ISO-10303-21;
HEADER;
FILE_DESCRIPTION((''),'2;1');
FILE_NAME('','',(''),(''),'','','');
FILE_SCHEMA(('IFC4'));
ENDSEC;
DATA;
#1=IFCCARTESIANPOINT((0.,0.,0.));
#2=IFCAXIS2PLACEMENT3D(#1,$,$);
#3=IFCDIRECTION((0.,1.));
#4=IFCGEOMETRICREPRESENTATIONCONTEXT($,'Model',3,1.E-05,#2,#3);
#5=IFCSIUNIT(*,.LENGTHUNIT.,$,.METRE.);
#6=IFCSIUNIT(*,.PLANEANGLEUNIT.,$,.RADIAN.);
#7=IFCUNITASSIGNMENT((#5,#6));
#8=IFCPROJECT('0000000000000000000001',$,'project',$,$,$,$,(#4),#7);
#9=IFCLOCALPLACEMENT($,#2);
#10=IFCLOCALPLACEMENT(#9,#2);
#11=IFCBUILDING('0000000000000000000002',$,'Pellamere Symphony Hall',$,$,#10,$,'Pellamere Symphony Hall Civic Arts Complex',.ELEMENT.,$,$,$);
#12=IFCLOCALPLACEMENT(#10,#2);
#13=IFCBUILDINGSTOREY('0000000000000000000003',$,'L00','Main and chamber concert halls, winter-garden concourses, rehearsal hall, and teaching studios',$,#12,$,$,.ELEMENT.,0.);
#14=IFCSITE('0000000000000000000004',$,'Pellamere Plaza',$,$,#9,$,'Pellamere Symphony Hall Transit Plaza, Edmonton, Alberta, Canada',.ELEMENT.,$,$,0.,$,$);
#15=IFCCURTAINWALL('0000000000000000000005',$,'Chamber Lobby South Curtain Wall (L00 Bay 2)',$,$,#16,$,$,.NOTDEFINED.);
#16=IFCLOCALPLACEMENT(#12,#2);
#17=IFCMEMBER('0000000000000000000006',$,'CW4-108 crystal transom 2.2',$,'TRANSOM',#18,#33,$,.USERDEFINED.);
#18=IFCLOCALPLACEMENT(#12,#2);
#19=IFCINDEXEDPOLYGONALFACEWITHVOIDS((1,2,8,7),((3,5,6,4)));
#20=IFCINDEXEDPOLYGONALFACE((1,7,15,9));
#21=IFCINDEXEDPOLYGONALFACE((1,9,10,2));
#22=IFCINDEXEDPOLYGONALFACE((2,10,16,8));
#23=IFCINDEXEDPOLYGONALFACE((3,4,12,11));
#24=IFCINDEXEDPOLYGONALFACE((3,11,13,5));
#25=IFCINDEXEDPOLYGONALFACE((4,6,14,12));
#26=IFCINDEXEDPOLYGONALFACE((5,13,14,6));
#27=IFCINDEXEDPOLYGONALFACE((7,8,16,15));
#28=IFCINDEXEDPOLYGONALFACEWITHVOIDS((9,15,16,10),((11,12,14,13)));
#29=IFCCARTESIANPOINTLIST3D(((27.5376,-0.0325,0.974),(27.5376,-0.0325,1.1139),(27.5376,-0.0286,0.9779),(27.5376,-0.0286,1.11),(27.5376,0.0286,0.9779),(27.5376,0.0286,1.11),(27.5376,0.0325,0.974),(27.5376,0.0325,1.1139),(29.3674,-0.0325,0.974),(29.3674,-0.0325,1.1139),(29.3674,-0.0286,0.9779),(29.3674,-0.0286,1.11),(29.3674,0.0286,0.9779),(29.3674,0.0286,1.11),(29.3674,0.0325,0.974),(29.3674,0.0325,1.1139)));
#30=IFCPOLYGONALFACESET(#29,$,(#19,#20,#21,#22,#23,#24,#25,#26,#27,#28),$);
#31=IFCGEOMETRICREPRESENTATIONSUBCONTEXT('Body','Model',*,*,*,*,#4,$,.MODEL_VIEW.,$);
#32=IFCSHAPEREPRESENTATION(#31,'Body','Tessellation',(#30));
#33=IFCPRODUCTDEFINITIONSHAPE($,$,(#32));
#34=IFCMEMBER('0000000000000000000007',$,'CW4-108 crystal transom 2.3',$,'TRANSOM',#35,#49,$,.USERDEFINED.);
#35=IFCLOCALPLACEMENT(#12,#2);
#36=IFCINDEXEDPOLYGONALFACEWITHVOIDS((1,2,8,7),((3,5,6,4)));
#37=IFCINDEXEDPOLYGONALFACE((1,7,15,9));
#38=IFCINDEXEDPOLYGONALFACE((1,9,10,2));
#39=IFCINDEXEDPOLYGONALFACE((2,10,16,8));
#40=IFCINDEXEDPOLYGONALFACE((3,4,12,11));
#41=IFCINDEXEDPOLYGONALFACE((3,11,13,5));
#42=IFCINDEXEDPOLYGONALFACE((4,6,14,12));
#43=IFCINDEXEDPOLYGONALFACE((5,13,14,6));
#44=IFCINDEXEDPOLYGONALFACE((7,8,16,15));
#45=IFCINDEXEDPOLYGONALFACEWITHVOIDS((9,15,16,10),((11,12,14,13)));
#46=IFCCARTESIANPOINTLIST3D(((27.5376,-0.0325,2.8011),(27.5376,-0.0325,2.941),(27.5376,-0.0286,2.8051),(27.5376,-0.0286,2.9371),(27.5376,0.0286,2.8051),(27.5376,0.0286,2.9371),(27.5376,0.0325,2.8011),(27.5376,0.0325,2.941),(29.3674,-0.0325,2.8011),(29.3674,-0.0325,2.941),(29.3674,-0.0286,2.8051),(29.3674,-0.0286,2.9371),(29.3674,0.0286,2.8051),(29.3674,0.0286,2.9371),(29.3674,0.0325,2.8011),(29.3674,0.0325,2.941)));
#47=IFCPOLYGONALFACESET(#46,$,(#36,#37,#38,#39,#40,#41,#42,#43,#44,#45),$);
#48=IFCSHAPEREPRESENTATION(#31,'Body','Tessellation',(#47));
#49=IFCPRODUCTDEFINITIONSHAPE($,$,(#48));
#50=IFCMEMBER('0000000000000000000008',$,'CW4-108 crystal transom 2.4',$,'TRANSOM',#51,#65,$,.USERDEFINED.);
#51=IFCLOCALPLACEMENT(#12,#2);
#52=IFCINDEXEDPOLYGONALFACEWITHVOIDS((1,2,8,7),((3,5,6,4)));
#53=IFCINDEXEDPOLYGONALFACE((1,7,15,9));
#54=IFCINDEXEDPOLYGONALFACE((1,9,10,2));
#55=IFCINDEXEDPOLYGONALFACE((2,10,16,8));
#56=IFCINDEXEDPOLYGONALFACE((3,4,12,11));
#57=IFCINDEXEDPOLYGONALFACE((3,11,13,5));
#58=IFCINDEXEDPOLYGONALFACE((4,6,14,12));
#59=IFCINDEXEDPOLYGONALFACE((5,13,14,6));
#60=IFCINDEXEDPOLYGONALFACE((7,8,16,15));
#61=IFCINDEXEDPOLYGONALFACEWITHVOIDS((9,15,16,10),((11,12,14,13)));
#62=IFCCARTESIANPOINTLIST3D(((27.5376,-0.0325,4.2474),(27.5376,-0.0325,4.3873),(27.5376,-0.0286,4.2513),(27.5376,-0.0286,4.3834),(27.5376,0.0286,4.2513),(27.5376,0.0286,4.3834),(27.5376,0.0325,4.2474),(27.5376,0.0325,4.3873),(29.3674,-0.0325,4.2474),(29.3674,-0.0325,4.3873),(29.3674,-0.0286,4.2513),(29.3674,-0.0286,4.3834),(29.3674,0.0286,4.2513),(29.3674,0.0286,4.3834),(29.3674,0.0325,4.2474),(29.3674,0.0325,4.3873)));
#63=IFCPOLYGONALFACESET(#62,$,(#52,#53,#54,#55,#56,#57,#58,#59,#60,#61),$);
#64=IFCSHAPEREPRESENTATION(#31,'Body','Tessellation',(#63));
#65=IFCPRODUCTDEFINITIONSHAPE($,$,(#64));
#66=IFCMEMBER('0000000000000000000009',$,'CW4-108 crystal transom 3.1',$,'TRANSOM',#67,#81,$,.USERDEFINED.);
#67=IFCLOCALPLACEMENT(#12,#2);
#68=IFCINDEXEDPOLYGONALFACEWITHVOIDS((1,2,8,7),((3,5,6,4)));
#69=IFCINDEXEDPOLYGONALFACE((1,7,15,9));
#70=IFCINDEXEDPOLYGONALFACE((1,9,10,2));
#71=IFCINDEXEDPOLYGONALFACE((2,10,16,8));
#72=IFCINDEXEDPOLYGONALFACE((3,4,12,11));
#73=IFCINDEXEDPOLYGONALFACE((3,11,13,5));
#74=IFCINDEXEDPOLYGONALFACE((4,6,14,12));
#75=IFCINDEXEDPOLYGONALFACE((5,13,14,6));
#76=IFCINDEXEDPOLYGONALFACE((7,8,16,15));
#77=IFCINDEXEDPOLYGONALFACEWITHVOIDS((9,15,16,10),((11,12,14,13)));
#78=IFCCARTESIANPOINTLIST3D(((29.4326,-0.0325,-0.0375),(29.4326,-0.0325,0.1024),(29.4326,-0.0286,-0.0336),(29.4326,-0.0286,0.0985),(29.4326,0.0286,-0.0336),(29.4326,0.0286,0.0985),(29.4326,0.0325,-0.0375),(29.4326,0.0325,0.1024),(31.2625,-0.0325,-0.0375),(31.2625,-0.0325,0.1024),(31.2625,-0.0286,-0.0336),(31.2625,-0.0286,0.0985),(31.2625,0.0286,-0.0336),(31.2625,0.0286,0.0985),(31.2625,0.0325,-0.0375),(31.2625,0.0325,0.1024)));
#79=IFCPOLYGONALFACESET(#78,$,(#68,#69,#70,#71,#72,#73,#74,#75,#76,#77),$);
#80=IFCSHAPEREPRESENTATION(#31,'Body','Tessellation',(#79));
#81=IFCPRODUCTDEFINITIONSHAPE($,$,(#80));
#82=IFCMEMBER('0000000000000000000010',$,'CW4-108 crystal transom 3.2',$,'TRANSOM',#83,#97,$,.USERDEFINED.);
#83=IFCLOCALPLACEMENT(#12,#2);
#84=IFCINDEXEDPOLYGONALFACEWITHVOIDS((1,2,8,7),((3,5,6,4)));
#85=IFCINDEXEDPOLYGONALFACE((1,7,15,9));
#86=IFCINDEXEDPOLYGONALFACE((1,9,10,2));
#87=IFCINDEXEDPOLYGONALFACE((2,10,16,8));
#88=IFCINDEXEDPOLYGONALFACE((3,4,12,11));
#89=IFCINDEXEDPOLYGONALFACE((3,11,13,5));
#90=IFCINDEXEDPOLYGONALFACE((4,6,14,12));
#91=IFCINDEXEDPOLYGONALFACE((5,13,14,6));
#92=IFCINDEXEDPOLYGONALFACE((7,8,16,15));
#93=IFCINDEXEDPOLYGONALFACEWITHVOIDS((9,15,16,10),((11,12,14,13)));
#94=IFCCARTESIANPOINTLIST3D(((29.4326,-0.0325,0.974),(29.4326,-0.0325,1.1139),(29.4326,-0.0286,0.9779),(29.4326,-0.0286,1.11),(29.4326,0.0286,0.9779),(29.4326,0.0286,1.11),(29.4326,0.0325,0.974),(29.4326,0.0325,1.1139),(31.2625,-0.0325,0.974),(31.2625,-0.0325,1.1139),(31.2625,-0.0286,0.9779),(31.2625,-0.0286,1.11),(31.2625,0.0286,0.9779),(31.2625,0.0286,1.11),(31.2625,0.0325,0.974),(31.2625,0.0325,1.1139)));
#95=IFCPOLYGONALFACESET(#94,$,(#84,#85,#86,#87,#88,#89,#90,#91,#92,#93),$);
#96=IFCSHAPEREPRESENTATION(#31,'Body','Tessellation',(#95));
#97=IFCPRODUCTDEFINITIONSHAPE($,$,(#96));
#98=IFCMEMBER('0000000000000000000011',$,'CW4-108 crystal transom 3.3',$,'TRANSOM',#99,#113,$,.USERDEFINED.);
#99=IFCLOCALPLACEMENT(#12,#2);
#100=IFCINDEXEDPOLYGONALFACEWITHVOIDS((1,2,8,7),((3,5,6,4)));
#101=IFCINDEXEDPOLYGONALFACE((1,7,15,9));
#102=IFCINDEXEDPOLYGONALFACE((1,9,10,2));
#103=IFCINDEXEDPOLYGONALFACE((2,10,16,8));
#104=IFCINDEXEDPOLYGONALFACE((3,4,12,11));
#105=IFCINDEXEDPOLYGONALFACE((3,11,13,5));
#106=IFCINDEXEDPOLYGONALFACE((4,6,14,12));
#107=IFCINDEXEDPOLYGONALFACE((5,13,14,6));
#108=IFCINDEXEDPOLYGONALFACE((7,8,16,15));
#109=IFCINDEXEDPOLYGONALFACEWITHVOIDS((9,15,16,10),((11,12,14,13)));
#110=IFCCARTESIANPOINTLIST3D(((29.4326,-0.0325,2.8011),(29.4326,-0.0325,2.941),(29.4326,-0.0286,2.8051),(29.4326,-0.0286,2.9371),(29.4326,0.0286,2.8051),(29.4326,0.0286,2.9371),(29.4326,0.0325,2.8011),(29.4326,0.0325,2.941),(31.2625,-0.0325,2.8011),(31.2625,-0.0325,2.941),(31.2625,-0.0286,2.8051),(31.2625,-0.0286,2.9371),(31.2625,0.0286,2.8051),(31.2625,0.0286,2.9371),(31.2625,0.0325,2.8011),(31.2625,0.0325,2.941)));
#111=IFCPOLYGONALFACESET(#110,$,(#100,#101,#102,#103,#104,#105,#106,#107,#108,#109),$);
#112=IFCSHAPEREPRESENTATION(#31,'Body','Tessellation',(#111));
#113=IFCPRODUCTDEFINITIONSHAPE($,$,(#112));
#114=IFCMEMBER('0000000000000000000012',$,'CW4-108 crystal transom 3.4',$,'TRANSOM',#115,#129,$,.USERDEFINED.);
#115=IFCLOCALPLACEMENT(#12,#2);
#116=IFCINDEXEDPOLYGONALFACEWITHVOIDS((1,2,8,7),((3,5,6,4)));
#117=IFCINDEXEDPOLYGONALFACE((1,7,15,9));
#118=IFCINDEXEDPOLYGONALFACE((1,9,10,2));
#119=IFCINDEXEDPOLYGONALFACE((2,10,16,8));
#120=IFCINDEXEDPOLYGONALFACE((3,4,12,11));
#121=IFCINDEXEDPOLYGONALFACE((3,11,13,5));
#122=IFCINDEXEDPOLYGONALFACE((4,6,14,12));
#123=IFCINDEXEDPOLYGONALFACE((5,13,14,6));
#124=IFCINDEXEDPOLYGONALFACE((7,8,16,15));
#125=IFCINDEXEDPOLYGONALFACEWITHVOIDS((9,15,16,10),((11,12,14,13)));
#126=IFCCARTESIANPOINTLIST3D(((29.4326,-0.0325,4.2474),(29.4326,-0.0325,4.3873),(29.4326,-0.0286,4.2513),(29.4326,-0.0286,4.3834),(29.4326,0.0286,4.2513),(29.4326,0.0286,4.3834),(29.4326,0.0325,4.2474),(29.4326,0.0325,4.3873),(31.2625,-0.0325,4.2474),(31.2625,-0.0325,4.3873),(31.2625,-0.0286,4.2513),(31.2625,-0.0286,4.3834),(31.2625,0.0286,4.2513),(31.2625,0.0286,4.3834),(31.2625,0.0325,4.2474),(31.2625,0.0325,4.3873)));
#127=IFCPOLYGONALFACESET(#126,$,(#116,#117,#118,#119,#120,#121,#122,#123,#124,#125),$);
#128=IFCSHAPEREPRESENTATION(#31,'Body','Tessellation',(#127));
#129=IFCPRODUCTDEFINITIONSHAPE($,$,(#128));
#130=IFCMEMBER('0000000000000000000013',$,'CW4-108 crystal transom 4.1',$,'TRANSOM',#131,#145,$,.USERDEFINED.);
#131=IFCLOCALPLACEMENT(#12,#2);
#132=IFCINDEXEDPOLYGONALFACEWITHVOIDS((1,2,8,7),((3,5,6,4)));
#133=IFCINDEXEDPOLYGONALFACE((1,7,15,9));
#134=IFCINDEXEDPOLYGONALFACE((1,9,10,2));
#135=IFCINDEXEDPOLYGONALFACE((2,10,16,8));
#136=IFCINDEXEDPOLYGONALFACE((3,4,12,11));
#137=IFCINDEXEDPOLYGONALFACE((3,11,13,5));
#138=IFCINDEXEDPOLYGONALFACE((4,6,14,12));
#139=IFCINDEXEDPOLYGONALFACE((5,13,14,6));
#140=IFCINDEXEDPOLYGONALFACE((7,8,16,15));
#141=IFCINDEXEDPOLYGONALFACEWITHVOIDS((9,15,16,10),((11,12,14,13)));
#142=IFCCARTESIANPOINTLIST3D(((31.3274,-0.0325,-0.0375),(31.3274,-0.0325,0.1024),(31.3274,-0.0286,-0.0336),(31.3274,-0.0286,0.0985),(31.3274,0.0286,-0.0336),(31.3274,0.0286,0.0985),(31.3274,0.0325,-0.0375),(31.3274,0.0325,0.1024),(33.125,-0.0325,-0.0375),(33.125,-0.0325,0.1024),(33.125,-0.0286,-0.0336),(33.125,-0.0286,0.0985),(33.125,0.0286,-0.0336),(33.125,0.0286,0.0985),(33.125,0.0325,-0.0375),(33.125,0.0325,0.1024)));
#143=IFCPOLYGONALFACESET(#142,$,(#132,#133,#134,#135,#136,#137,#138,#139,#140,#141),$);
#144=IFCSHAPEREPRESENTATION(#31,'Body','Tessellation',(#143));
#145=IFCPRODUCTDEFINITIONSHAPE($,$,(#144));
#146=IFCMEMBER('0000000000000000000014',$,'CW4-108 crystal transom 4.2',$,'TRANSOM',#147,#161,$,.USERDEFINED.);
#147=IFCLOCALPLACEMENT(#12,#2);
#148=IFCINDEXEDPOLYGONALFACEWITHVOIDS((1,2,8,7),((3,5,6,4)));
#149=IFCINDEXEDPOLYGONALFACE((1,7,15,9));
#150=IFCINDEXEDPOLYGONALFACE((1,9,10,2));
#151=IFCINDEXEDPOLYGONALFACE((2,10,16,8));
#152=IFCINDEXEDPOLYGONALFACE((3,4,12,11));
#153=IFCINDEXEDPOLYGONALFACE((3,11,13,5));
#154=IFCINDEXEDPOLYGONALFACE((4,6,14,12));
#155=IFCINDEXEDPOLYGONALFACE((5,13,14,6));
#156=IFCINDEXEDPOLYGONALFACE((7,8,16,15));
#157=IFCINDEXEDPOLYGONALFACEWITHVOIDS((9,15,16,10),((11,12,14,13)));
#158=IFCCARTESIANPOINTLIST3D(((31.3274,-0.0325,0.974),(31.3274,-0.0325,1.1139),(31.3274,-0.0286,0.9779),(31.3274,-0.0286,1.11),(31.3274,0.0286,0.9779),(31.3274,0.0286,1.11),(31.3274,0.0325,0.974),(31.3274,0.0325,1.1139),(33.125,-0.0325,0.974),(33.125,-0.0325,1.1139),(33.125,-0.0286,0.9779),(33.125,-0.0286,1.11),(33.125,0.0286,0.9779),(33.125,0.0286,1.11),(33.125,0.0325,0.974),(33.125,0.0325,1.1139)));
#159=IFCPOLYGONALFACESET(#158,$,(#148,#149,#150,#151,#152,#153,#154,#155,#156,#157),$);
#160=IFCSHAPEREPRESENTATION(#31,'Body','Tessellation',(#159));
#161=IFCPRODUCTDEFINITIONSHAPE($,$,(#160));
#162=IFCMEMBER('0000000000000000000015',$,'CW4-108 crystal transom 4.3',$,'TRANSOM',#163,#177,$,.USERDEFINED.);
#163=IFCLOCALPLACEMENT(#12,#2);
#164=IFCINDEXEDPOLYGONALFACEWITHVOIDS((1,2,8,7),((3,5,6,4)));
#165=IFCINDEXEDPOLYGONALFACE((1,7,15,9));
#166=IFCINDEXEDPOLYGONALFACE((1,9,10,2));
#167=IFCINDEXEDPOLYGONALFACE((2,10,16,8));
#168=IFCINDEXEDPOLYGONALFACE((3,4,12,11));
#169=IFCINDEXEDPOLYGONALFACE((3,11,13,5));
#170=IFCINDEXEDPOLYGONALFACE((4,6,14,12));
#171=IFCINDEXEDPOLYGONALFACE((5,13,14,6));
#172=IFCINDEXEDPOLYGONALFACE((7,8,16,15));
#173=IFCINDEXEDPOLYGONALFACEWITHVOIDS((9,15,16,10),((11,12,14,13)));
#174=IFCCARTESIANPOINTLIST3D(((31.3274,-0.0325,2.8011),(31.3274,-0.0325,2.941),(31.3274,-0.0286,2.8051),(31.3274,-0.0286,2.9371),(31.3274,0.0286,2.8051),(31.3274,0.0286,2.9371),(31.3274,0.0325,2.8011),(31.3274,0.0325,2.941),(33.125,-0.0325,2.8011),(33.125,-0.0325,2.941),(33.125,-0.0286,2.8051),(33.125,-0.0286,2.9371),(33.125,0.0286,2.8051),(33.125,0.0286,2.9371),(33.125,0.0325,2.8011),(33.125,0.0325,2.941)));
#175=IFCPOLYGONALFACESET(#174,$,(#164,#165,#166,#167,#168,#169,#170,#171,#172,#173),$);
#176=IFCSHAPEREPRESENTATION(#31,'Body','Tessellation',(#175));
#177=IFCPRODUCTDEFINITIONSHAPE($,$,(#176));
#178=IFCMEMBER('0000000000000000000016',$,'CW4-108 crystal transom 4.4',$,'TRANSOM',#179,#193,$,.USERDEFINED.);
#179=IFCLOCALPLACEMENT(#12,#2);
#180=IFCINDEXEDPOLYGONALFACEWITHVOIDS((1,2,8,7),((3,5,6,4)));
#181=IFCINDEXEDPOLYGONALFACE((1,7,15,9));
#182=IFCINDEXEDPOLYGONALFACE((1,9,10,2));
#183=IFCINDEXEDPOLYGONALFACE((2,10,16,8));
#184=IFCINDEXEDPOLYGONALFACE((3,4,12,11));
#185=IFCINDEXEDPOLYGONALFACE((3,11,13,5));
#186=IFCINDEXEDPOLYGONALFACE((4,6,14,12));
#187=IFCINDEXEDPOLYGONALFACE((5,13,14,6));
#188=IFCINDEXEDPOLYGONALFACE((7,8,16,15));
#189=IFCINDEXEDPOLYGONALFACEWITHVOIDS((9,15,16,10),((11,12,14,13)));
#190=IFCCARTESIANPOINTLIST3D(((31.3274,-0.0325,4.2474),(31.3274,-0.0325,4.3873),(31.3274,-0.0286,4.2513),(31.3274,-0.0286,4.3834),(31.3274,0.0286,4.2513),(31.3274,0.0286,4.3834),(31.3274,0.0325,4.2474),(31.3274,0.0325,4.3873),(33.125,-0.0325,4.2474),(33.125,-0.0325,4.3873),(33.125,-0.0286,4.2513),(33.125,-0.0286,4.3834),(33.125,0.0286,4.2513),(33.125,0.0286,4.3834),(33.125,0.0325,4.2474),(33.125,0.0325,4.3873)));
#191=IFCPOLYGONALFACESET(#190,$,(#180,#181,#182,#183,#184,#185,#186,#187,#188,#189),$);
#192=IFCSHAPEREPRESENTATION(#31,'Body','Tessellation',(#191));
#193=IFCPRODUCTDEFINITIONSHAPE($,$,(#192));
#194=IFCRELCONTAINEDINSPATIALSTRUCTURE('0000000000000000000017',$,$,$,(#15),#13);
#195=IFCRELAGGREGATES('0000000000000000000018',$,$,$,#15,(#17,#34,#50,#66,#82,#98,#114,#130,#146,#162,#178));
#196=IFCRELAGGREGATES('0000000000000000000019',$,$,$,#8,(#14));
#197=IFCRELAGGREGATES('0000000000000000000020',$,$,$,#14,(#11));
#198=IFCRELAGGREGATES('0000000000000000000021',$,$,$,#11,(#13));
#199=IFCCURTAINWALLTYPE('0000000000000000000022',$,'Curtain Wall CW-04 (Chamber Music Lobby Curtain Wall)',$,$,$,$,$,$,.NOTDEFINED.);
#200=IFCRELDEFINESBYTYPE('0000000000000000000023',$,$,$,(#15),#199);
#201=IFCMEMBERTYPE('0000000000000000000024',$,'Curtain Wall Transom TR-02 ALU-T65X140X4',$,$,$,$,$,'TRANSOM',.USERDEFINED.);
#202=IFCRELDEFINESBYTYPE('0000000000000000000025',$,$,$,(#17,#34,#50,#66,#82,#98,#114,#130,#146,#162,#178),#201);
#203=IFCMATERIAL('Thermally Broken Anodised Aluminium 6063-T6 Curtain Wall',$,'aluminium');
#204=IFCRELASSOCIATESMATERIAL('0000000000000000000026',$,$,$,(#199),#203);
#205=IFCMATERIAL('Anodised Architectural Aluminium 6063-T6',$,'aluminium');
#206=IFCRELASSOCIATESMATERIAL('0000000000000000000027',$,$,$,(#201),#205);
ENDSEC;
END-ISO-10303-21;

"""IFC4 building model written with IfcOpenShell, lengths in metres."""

from ifc_helpers import new_model, si_unit, direction, frame, origin, origin_2d, place, context, subcontext, project, spatial, hollow_rectangle, extrude, material, material_profile, profile_set, type_object, element, aggregate, save


model = new_model("IFC4")

# Units and contexts
model_context = context("Model", 3, precision=1e-05, world=origin(), true_north=direction((0.0, 1.0)))
body_context = subcontext(model_context, "Body", "Model", "MODEL_VIEW")
ifc_project = project(units=[si_unit("LENGTHUNIT", "METRE"), si_unit("PLANEANGLEUNIT", "RADIAN")], contexts=[model_context])

# Site, building, storey
site_placement = place(None, origin())
site = spatial("IfcSite", under=ifc_project, at=site_placement, Name="Pellamere Plaza", LongName="Pellamere Symphony Hall Transit Plaza, Edmonton, Alberta, Canada", CompositionType="ELEMENT", RefElevation=0.0)
building_placement = place(site_placement, origin())
building = spatial("IfcBuilding", under=site, at=building_placement, Name="Pellamere Symphony Hall", LongName="Pellamere Symphony Hall Civic Arts Complex", CompositionType="ELEMENT")
storey_placement = place(building_placement, origin())
storey = spatial("IfcBuildingStorey", under=building, at=storey_placement, Name="L00", Description="Main and chamber concert halls, winter-garden concourses, rehearsal hall, and teaching studios", CompositionType="ELEMENT", Elevation=0.0)

# Curtain wall, members
ifc_material_1 = material(Name="Thermally Broken Anodised Aluminium 6063-T6 Curtain Wall", Category="aluminium")
curtain_wall_type = type_object("IfcCurtainWallType", Name="Curtain Wall CW-04 (Chamber Music Lobby Curtain Wall)", PredefinedType="NOTDEFINED", material=ifc_material_1)
curtain_wall_placement = place(storey_placement, origin())
curtain_wall = element("IfcCurtainWall", 1, at=curtain_wall_placement, inside=storey, type_object=curtain_wall_type, Name="Chamber Lobby South Curtain Wall (L00 Bay 2)", PredefinedType="NOTDEFINED")
ifc_material_2 = material(Name="Anodised Architectural Aluminium 6063-T6", Category="aluminium")
ifc_material_profile_1 = material_profile(ifc_material_2, hollow_rectangle(XDim=0.0649, YDim=0.1399, WallThickness=0.0039, at=origin_2d()), Name="ALU-T65X140X4")
ifc_profile_set_1 = profile_set([ifc_material_profile_1], Name="Anodised Architectural Aluminium 6063-T6")
member_type_1 = type_object("IfcMemberType", Name="Curtain Wall Transom TR-02 ALU-T65X140X4", ElementType="TRANSOM", PredefinedType="USERDEFINED", material=ifc_profile_set_1)
member_1_placement = place(storey_placement, frame((27.5376, 0.0, 1.0439), z_axis=(1.0, 0.0, 0.0), x_axis=(0.0, 1.0, 0.0)))
member_1 = element("IfcMember", 2, at=member_1_placement, type_object=member_type_1, Name="CW4-108 crystal transom 2.2", ObjectType="TRANSOM", PredefinedType="USERDEFINED", context=body_context, shape_type="SweptSolid", body=[
    extrude(hollow_rectangle(XDim=0.0649, YDim=0.1399, WallThickness=0.0039, at=origin_2d()), origin(), (0.0, 0.0, 1.0), 1.8298),
])
member_2_placement = place(storey_placement, frame((27.5376, 0.0, 2.8711), z_axis=(1.0, 0.0, 0.0), x_axis=(0.0, 1.0, 0.0)))
member_2 = element("IfcMember", 3, at=member_2_placement, type_object=member_type_1, Name="CW4-108 crystal transom 2.3", ObjectType="TRANSOM", PredefinedType="USERDEFINED", context=body_context, shape_type="SweptSolid", body=[
    extrude(hollow_rectangle(XDim=0.0649, YDim=0.1399, WallThickness=0.0039, at=origin_2d()), origin(), (0.0, 0.0, 1.0), 1.8298),
])
member_3_placement = place(storey_placement, frame((27.5376, 0.0, 4.3174), z_axis=(1.0, 0.0, 0.0), x_axis=(0.0, 1.0, 0.0)))
member_3 = element("IfcMember", 4, at=member_3_placement, type_object=member_type_1, Name="CW4-108 crystal transom 2.4", ObjectType="TRANSOM", PredefinedType="USERDEFINED", context=body_context, shape_type="SweptSolid", body=[
    extrude(hollow_rectangle(XDim=0.0649, YDim=0.1399, WallThickness=0.0039, at=origin_2d()), origin(), (0.0, 0.0, 1.0), 1.8298),
])
member_4_placement = place(storey_placement, frame((29.4326, 0.0, 0.0325), z_axis=(1.0, 0.0, 0.0), x_axis=(0.0, 1.0, 0.0)))
member_4 = element("IfcMember", 5, at=member_4_placement, type_object=member_type_1, Name="CW4-108 crystal transom 3.1", ObjectType="TRANSOM", PredefinedType="USERDEFINED", context=body_context, shape_type="SweptSolid", body=[
    extrude(hollow_rectangle(XDim=0.0649, YDim=0.1399, WallThickness=0.0039, at=origin_2d()), origin(), (0.0, 0.0, 1.0), 1.8298),
])
member_5_placement = place(storey_placement, frame((29.4326, 0.0, 1.0439), z_axis=(1.0, 0.0, 0.0), x_axis=(0.0, 1.0, 0.0)))
member_5 = element("IfcMember", 6, at=member_5_placement, type_object=member_type_1, Name="CW4-108 crystal transom 3.2", ObjectType="TRANSOM", PredefinedType="USERDEFINED", context=body_context, shape_type="SweptSolid", body=[
    extrude(hollow_rectangle(XDim=0.0649, YDim=0.1399, WallThickness=0.0039, at=origin_2d()), origin(), (0.0, 0.0, 1.0), 1.8298),
])
member_6_placement = place(storey_placement, frame((29.4326, 0.0, 2.8711), z_axis=(1.0, 0.0, 0.0), x_axis=(0.0, 1.0, 0.0)))
member_6 = element("IfcMember", 7, at=member_6_placement, type_object=member_type_1, Name="CW4-108 crystal transom 3.3", ObjectType="TRANSOM", PredefinedType="USERDEFINED", context=body_context, shape_type="SweptSolid", body=[
    extrude(hollow_rectangle(XDim=0.0649, YDim=0.1399, WallThickness=0.0039, at=origin_2d()), origin(), (0.0, 0.0, 1.0), 1.8298),
])
member_7_placement = place(storey_placement, frame((29.4326, 0.0, 4.3174), z_axis=(1.0, 0.0, 0.0), x_axis=(0.0, 1.0, 0.0)))
member_7 = element("IfcMember", 8, at=member_7_placement, type_object=member_type_1, Name="CW4-108 crystal transom 3.4", ObjectType="TRANSOM", PredefinedType="USERDEFINED", context=body_context, shape_type="SweptSolid", body=[
    extrude(hollow_rectangle(XDim=0.0649, YDim=0.1399, WallThickness=0.0039, at=origin_2d()), origin(), (0.0, 0.0, 1.0), 1.8298),
])
member_8_placement = place(storey_placement, frame((31.3274, 0.0, 0.0325), z_axis=(1.0, 0.0, 0.0), x_axis=(0.0, 1.0, 0.0)))
member_8 = element("IfcMember", 9, at=member_8_placement, type_object=member_type_1, Name="CW4-108 crystal transom 4.1", ObjectType="TRANSOM", PredefinedType="USERDEFINED", context=body_context, shape_type="SweptSolid", body=[
    extrude(hollow_rectangle(XDim=0.0649, YDim=0.1399, WallThickness=0.0039, at=origin_2d()), origin(), (0.0, 0.0, 1.0), 1.7976),
])
member_9_placement = place(storey_placement, frame((31.3274, 0.0, 1.0439), z_axis=(1.0, 0.0, 0.0), x_axis=(0.0, 1.0, 0.0)))
member_9 = element("IfcMember", 10, at=member_9_placement, type_object=member_type_1, Name="CW4-108 crystal transom 4.2", ObjectType="TRANSOM", PredefinedType="USERDEFINED", context=body_context, shape_type="SweptSolid", body=[
    extrude(hollow_rectangle(XDim=0.0649, YDim=0.1399, WallThickness=0.0039, at=origin_2d()), origin(), (0.0, 0.0, 1.0), 1.7976),
])
member_10_placement = place(storey_placement, frame((31.3274, 0.0, 2.8711), z_axis=(1.0, 0.0, 0.0), x_axis=(0.0, 1.0, 0.0)))
member_10 = element("IfcMember", 11, at=member_10_placement, type_object=member_type_1, Name="CW4-108 crystal transom 4.3", ObjectType="TRANSOM", PredefinedType="USERDEFINED", context=body_context, shape_type="SweptSolid", body=[
    extrude(hollow_rectangle(XDim=0.0649, YDim=0.1399, WallThickness=0.0039, at=origin_2d()), origin(), (0.0, 0.0, 1.0), 1.7976),
])
member_11_placement = place(storey_placement, frame((31.3274, 0.0, 4.3174), z_axis=(1.0, 0.0, 0.0), x_axis=(0.0, 1.0, 0.0)))
member_11 = element("IfcMember", 12, at=member_11_placement, type_object=member_type_1, Name="CW4-108 crystal transom 4.4", ObjectType="TRANSOM", PredefinedType="USERDEFINED", context=body_context, shape_type="SweptSolid", body=[
    extrude(hollow_rectangle(XDim=0.0649, YDim=0.1399, WallThickness=0.0039, at=origin_2d()), origin(), (0.0, 0.0, 1.0), 1.7976),
])

aggregate(curtain_wall, [member_1, member_2, member_3, member_4, member_5, member_6, member_7, member_8, member_9, member_10, member_11])

save(model, "model.ifc")
